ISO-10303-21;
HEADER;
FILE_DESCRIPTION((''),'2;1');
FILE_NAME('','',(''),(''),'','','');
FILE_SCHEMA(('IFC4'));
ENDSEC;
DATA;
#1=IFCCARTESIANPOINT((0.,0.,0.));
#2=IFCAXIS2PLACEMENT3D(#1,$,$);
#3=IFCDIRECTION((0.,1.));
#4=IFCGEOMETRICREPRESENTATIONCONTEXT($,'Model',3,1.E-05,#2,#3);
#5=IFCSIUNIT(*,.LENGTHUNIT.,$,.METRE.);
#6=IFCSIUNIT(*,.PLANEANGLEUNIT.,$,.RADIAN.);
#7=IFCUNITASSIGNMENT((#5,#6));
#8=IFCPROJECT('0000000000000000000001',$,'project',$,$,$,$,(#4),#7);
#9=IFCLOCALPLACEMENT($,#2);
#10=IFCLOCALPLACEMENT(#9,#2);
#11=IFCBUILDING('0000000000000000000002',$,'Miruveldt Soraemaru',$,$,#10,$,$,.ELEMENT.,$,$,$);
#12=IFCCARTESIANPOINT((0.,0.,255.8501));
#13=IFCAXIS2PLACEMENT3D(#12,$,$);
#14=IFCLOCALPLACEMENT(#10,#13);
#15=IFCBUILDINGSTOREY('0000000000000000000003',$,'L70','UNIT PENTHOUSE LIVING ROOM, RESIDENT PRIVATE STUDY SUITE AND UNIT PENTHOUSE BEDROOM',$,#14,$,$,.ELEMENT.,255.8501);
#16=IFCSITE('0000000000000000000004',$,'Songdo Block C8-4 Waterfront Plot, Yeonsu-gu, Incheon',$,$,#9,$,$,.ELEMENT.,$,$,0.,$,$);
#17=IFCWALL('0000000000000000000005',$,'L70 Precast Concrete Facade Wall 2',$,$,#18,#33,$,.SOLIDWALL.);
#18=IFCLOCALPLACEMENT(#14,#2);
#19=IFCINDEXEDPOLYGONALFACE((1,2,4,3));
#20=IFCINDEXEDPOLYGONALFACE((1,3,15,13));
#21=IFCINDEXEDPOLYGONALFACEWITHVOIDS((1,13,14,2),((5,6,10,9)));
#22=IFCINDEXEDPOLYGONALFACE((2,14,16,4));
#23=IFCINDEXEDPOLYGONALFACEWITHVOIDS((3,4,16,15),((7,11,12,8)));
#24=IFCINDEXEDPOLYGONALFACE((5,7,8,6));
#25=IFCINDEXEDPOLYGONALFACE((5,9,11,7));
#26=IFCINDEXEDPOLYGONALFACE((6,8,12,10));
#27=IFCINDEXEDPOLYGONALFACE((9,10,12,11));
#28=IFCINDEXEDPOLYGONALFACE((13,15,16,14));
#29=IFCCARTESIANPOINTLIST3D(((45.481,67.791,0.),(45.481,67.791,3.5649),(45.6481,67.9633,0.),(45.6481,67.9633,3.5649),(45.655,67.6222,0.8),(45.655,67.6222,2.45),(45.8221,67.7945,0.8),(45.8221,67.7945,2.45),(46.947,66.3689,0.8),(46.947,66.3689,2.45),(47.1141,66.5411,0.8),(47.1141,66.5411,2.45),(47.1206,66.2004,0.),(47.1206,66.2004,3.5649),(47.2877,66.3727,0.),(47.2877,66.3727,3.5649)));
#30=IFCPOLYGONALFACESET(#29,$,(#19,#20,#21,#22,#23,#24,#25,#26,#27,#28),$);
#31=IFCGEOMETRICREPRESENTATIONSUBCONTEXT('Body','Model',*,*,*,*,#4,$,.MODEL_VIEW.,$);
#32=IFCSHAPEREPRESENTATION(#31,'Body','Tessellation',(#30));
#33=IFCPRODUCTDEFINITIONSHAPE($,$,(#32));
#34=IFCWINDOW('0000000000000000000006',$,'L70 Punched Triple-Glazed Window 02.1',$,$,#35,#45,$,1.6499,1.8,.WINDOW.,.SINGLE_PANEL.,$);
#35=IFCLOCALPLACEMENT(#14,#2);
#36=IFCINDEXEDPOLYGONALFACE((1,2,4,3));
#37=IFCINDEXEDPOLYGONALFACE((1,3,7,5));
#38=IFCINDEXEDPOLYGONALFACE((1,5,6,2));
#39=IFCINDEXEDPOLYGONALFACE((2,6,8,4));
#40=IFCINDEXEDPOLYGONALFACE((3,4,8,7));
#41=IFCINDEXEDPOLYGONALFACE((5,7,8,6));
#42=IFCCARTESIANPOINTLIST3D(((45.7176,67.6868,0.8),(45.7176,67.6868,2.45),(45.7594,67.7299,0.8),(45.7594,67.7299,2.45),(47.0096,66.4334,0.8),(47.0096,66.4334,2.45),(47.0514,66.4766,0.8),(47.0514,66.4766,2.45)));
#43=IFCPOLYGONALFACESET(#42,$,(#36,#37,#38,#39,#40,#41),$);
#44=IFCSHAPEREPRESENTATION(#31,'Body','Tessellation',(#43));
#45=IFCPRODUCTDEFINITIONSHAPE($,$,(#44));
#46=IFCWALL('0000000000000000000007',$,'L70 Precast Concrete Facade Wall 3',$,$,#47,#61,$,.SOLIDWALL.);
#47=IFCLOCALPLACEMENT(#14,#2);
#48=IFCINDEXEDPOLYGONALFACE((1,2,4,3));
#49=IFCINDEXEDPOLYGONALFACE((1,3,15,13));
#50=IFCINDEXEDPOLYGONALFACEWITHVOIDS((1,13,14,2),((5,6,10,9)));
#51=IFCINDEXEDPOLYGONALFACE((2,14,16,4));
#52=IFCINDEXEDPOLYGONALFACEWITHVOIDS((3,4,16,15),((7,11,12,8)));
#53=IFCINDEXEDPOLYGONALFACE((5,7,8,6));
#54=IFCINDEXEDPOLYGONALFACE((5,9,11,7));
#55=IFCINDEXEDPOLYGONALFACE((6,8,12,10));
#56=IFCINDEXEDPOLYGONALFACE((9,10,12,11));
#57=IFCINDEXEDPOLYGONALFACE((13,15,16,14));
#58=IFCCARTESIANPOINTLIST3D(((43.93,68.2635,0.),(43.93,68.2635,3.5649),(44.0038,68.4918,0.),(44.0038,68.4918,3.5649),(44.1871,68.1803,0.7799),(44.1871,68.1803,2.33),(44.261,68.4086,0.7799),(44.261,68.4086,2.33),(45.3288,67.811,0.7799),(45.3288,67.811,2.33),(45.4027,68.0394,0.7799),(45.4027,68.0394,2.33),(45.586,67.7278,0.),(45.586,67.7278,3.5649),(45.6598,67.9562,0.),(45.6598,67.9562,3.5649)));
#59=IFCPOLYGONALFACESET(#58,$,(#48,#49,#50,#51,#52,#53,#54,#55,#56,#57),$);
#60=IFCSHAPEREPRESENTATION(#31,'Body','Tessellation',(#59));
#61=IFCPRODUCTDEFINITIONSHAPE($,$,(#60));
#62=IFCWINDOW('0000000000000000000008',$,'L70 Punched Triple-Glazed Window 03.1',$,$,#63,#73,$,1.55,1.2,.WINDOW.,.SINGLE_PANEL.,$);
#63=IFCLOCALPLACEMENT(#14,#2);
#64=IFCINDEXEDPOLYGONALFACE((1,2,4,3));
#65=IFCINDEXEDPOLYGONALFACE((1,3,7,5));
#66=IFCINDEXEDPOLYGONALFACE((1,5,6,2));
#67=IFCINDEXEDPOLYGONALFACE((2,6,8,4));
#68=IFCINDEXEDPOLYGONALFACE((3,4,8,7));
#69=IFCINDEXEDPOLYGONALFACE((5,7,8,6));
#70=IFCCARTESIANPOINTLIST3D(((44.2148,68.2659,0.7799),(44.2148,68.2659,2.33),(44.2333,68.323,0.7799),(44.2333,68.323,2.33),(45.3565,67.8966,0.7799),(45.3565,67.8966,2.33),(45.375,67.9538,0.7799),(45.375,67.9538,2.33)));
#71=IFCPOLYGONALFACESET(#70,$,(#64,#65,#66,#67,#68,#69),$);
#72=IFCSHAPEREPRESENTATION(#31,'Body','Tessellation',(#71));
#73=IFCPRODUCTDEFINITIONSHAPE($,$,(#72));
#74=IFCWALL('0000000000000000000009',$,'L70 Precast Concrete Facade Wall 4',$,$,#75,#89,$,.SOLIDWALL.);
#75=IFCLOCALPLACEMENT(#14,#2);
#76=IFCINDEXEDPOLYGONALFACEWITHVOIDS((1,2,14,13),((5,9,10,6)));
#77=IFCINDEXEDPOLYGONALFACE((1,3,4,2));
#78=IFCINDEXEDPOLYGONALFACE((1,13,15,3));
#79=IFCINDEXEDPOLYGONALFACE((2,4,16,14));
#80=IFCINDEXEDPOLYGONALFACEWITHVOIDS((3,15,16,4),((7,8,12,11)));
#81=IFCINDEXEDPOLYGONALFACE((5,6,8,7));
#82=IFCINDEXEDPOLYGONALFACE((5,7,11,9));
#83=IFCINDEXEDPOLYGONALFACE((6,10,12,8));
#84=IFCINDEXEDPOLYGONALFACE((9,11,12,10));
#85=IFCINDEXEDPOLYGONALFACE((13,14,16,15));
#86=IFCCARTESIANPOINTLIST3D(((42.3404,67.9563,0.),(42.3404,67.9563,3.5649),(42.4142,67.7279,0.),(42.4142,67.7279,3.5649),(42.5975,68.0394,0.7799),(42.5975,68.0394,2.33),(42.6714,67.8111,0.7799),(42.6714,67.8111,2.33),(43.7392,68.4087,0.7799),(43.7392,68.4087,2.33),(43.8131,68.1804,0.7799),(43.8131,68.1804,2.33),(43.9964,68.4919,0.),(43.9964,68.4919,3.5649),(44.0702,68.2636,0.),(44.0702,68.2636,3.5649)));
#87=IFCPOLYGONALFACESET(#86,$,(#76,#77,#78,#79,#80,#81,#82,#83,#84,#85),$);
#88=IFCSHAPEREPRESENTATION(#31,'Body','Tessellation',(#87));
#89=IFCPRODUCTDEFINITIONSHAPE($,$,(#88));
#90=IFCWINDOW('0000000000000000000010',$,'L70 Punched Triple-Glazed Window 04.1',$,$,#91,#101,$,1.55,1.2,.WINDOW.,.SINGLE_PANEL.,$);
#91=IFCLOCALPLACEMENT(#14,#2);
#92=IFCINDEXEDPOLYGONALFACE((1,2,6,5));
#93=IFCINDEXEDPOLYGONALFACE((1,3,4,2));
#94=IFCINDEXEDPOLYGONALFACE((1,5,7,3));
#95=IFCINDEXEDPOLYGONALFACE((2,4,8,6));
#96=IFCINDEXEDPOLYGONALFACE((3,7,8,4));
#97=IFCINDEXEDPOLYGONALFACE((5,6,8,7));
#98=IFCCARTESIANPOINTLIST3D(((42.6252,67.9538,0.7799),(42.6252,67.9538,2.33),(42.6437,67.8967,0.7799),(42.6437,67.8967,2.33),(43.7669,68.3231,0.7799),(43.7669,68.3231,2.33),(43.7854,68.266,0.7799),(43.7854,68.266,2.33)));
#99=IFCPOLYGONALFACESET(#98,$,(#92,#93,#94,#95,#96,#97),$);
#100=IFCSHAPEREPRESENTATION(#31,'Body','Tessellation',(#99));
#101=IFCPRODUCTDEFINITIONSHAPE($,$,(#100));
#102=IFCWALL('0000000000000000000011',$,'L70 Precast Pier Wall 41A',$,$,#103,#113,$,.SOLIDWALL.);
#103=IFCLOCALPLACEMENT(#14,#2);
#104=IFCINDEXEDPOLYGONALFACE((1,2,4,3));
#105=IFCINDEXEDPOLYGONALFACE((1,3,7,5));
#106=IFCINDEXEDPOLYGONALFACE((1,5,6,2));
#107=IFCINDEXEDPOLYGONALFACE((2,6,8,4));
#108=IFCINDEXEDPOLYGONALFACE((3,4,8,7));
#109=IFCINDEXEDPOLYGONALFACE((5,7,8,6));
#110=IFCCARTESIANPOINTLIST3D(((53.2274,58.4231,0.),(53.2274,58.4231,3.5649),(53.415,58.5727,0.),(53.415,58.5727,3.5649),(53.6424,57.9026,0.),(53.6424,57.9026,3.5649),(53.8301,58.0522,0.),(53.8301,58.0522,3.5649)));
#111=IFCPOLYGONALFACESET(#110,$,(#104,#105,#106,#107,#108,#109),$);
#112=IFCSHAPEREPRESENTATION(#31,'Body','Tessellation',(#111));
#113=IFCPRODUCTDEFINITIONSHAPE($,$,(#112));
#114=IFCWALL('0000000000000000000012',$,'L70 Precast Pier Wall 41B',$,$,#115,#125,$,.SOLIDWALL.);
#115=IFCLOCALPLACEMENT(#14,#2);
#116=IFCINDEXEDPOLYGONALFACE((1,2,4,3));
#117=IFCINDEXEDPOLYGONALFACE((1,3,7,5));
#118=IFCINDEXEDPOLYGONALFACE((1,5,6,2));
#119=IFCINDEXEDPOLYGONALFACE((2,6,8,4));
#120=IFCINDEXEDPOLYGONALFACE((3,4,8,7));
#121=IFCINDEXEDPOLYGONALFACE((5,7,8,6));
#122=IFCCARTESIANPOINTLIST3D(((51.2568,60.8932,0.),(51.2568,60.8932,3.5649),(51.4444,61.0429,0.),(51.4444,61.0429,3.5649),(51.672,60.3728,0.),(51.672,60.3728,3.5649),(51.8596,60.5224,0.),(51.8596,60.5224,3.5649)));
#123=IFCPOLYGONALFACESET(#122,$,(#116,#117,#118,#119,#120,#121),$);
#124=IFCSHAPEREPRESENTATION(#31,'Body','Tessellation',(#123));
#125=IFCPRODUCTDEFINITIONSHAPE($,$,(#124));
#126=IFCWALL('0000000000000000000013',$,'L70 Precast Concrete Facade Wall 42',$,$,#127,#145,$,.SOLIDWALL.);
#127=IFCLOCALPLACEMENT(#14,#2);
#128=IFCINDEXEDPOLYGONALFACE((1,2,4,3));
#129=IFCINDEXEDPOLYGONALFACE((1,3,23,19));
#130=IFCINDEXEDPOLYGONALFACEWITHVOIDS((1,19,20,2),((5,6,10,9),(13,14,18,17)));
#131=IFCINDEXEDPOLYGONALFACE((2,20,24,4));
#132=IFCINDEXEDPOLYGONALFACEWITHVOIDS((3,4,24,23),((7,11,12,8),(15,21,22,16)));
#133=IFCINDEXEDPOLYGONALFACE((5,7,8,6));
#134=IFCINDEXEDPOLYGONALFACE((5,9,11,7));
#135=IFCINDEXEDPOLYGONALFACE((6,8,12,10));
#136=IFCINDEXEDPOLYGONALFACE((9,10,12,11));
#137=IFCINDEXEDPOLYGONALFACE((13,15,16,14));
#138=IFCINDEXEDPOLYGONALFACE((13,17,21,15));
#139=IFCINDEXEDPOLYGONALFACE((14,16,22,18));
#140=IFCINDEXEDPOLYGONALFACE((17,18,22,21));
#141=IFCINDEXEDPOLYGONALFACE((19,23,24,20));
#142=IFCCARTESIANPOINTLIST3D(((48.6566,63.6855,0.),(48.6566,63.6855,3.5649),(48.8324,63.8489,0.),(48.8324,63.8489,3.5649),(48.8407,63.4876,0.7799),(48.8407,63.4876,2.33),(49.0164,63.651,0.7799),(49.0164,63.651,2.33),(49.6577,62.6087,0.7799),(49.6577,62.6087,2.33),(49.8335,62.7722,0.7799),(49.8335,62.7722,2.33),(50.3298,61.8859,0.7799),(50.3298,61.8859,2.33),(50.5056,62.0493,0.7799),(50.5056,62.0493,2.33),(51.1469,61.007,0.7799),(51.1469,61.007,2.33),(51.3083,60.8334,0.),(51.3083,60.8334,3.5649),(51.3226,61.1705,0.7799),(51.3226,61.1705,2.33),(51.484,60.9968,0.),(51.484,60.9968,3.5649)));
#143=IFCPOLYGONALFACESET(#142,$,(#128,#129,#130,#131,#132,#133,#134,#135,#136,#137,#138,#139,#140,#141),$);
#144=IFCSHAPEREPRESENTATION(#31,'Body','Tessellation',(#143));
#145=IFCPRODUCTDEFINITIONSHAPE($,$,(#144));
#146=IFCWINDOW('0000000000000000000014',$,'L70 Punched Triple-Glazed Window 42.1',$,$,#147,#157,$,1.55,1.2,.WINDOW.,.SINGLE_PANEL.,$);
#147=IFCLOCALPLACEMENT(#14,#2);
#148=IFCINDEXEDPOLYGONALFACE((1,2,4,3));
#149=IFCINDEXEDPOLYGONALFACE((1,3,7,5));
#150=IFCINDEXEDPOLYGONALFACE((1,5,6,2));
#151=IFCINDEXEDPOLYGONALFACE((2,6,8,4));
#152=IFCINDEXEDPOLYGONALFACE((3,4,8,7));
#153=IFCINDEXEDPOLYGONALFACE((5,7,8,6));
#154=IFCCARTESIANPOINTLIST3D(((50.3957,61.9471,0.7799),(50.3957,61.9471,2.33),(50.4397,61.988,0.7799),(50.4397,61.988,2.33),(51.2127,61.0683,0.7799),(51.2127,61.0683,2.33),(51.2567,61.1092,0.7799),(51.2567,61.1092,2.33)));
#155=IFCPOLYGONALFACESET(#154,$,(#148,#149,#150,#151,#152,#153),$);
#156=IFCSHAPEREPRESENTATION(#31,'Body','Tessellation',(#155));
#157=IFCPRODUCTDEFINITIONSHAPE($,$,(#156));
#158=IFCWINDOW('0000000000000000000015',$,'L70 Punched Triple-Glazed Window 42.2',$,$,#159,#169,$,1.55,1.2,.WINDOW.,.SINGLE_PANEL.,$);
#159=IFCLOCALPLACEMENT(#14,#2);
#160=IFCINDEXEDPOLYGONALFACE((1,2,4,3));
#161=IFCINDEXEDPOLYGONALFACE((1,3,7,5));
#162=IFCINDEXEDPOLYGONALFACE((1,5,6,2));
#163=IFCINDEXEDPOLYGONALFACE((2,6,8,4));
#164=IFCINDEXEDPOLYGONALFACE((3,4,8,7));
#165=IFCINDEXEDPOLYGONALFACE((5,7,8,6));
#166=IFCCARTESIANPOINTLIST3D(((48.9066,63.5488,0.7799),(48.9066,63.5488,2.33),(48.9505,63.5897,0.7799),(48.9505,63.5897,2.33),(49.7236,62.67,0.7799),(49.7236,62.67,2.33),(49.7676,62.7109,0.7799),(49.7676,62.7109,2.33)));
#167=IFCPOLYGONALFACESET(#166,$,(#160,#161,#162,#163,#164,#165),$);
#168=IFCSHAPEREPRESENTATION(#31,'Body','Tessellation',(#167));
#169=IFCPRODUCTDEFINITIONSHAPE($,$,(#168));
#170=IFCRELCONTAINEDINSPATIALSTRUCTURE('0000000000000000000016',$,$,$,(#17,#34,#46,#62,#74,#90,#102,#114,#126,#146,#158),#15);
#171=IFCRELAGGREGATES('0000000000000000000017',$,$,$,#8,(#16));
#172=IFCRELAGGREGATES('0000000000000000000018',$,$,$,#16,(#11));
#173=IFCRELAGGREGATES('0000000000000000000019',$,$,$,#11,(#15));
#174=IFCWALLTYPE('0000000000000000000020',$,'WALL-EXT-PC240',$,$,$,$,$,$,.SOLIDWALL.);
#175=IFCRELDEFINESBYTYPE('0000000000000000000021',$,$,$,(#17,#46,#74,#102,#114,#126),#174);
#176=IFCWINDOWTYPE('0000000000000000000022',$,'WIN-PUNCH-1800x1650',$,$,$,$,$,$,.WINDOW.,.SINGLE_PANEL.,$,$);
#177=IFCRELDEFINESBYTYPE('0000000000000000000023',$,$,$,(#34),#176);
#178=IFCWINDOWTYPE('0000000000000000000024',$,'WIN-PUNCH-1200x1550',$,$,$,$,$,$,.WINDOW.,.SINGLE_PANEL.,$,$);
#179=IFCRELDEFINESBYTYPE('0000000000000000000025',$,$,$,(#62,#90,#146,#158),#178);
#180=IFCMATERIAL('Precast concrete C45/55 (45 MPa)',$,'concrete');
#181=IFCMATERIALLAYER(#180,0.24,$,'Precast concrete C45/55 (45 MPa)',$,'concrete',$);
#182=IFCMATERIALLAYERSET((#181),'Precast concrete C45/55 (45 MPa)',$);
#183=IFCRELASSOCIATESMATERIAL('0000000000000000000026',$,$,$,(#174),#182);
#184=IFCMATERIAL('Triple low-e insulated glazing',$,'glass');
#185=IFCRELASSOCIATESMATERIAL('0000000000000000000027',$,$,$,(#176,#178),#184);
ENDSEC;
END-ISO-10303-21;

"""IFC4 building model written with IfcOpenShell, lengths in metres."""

from ifc_helpers import new_model, si_unit, direction, frame, frame_2d, origin, place, context, subcontext, project, spatial, rectangle, extrude, material, layer, layer_set, type_object, element, fill, save


model = new_model("IFC4")

# Units and contexts
model_context = context("Model", 3, precision=1e-05, world=origin(), true_north=direction((0.0, 1.0)))
body_context = subcontext(model_context, "Body", "Model", "MODEL_VIEW")
ifc_project = project(units=[si_unit("LENGTHUNIT", "METRE"), si_unit("PLANEANGLEUNIT", "RADIAN")], contexts=[model_context])

# Site, building, storey
site_placement = place(None, origin())
site = spatial("IfcSite", under=ifc_project, at=site_placement, Name="Songdo Block C8-4 Waterfront Plot, Yeonsu-gu, Incheon", CompositionType="ELEMENT", RefElevation=0.0)
building_placement = place(site_placement, origin())
building = spatial("IfcBuilding", under=site, at=building_placement, Name="Miruveldt Soraemaru", CompositionType="ELEMENT")
storey_placement = place(building_placement, frame((0.0, 0.0, 255.8501)))
storey = spatial("IfcBuildingStorey", under=building, at=storey_placement, Name="L70", Description="UNIT PENTHOUSE LIVING ROOM, RESIDENT PRIVATE STUDY SUITE AND UNIT PENTHOUSE BEDROOM", CompositionType="ELEMENT", Elevation=255.8501)

# Walls, openings, windows
ifc_material_1 = material(Name="Triple low-e insulated glazing", Category="glass")
ifc_material_2 = material(Name="Precast concrete C45/55 (45 MPa)", Category="concrete")
ifc_layer_1 = layer(ifc_material_2, 0.24, Name="Precast concrete C45/55 (45 MPa)", Category="concrete")
ifc_layer_set_1 = layer_set([ifc_layer_1], Name="Precast concrete C45/55 (45 MPa)")
wall_type_1 = type_object("IfcWallType", Name="WALL-EXT-PC240", PredefinedType="SOLIDWALL", material=ifc_layer_set_1)
wall_1_placement = place(storey_placement, frame((47.2041, 66.2866, 0.0), z_axis=(0.0, 0.0, 1.0), x_axis=(-0.717766, 0.696284, 0.0)))
wall_1 = element("IfcWall", 1, at=wall_1_placement, inside=storey, type_object=wall_type_1, Name="L70 Precast Concrete Facade Wall 2", PredefinedType="SOLIDWALL", context=body_context, shape_type="SweptSolid", body=[
    extrude(rectangle(XDim=2.2844, YDim=0.24, at=frame_2d((1.1421, 0.0))), origin(), (0.0, 0.0, 1.0), 3.5649),
])
opening_1_placement = place(wall_1_placement, frame((0.2419, 0.0, 0.8)))
opening_1 = element("IfcOpeningElement", 2, at=opening_1_placement, cuts=wall_1, PredefinedType="OPENING", context=body_context, shape_type="SweptSolid", body=[
    extrude(rectangle(XDim=1.8, YDim=1.6499, at=frame_2d((0.8999, 0.825))), frame((0.0, 0.1299, 0.0), z_axis=(0.0, -1.0, 0.0), x_axis=(1.0, 0.0, 0.0)), (0.0, 0.0, 1.0), 0.26),
])
window_type_1 = type_object("IfcWindowType", Name="WIN-PUNCH-1800x1650", PartitioningType="SINGLE_PANEL", PredefinedType="WINDOW", material=ifc_material_1)
window_1_placement = place(opening_1_placement, origin())
window_1 = element("IfcWindow", 3, at=window_1_placement, inside=storey, type_object=window_type_1, Name="L70 Punched Triple-Glazed Window 02.1", OverallHeight=1.6499, OverallWidth=1.8, PartitioningType="SINGLE_PANEL", PredefinedType="WINDOW", context=body_context, shape_type="SweptSolid", body=[
    extrude(rectangle(XDim=1.8, YDim=1.6499, at=frame_2d((0.8999, 0.825))), frame((0.0, 0.03, 0.0), z_axis=(0.0, -1.0, 0.0), x_axis=(1.0, 0.0, 0.0)), (0.0, 0.0, 1.0), 0.0601),
])
fill(opening_1, window_1)
wall_2_placement = place(storey_placement, frame((45.6228, 67.842, 0.0), z_axis=(0.0, 0.0, 1.0), x_axis=(-0.951465, 0.307757, 0.0)))
wall_2 = element("IfcWall", 4, at=wall_2_placement, inside=storey, type_object=wall_type_1, Name="L70 Precast Concrete Facade Wall 3", PredefinedType="SOLIDWALL", context=body_context, shape_type="SweptSolid", body=[
    extrude(rectangle(XDim=1.7405, YDim=0.24, at=frame_2d((0.8701, 0.0))), origin(), (0.0, 0.0, 1.0), 3.5649),
])
opening_2_placement = place(wall_2_placement, frame((0.27, 0.0, 0.78)))
opening_2 = element("IfcOpeningElement", 5, at=opening_2_placement, cuts=wall_2, PredefinedType="OPENING", context=body_context, shape_type="SweptSolid", body=[
    extrude(rectangle(XDim=1.2, YDim=1.55, at=frame_2d((0.6001, 0.7749))), frame((0.0, 0.1299, 0.0), z_axis=(0.0, -1.0, 0.0), x_axis=(1.0, 0.0, 0.0)), (0.0, 0.0, 1.0), 0.26),
])
window_type_2 = type_object("IfcWindowType", Name="WIN-PUNCH-1200x1550", PartitioningType="SINGLE_PANEL", PredefinedType="WINDOW", material=ifc_material_1)
window_2_placement = place(opening_2_placement, origin())
window_2 = element("IfcWindow", 6, at=window_2_placement, inside=storey, type_object=window_type_2, Name="L70 Punched Triple-Glazed Window 03.1", OverallHeight=1.55, OverallWidth=1.2, PartitioningType="SINGLE_PANEL", PredefinedType="WINDOW", context=body_context, shape_type="SweptSolid", body=[
    extrude(rectangle(XDim=1.2, YDim=1.55, at=frame_2d((0.6001, 0.7749))), frame((0.0, 0.03, 0.0), z_axis=(0.0, -1.0, 0.0), x_axis=(1.0, 0.0, 0.0)), (0.0, 0.0, 1.0), 0.0601),
])
fill(opening_2, window_2)
wall_3_placement = place(storey_placement, frame((44.0332, 68.3777, 0.0), z_axis=(0.0, 0.0, 1.0), x_axis=(-0.951465, -0.307757, 0.0)))
wall_3 = element("IfcWall", 7, at=wall_3_placement, inside=storey, type_object=wall_type_1, Name="L70 Precast Concrete Facade Wall 4", PredefinedType="SOLIDWALL", context=body_context, shape_type="SweptSolid", body=[
    extrude(rectangle(XDim=1.7405, YDim=0.24, at=frame_2d((0.8701, 0.0))), origin(), (0.0, 0.0, 1.0), 3.5649),
])
opening_3_placement = place(wall_3_placement, frame((0.27, 0.0, 0.78)))
opening_3 = element("IfcOpeningElement", 8, at=opening_3_placement, cuts=wall_3, PredefinedType="OPENING", context=body_context, shape_type="SweptSolid", body=[
    extrude(rectangle(XDim=1.2, YDim=1.55, at=frame_2d((0.6001, 0.7749))), frame((0.0, 0.1299, 0.0), z_axis=(0.0, -1.0, 0.0), x_axis=(1.0, 0.0, 0.0)), (0.0, 0.0, 1.0), 0.26),
])
window_3_placement = place(opening_3_placement, origin())
window_3 = element("IfcWindow", 9, at=window_3_placement, inside=storey, type_object=window_type_2, Name="L70 Punched Triple-Glazed Window 04.1", OverallHeight=1.55, OverallWidth=1.2, PartitioningType="SINGLE_PANEL", PredefinedType="WINDOW", context=body_context, shape_type="SweptSolid", body=[
    extrude(rectangle(XDim=1.2, YDim=1.55, at=frame_2d((0.6001, 0.7749))), frame((0.0, 0.03, 0.0), z_axis=(0.0, -1.0, 0.0), x_axis=(1.0, 0.0, 0.0)), (0.0, 0.0, 1.0), 0.0601),
])
fill(opening_3, window_3)

# Walls
for number, where, z_axis, x_axis, name in (
    (10, (53.7363, 57.9773, 0.0), (0.0, 0.0, 1.0), (-0.623442, 0.78187, 0.0), "L70 Precast Pier Wall 41A"),
    (11, (51.7659, 60.4475, 0.0), (0.0, 0.0, 1.0), (-0.623666, 0.781691, 0.0), "L70 Precast Pier Wall 41B"),
):
    element("IfcWall", number, at=place(storey_placement, frame(where, z_axis=z_axis, x_axis=x_axis)), inside=storey, type_object=wall_type_1, Name=name, PredefinedType="SOLIDWALL", context=body_context, shape_type="SweptSolid", body=[
        extrude(rectangle(XDim=0.6658, YDim=0.24, at=frame_2d((0.333, 0.0))), origin(), (0.0, 0.0, 1.0), 3.5649),
    ])

# Wall, openings, windows
wall_4_placement = place(storey_placement, frame((51.3962, 60.915, 0.0), z_axis=(0.0, 0.0, 1.0), x_axis=(-0.680903, 0.732374, 0.0)))
wall_4 = element("IfcWall", 12, at=wall_4_placement, inside=storey, type_object=wall_type_1, Name="L70 Precast Concrete Facade Wall 42", PredefinedType="SOLIDWALL", context=body_context, shape_type="SweptSolid", body=[
    extrude(rectangle(XDim=3.8943, YDim=0.24, at=frame_2d((1.9473, 0.0))), origin(), (0.0, 0.0, 1.0), 3.5649),
])
opening_4_placement = place(wall_4_placement, frame((0.2371, 0.0, 0.78)))
opening_4 = element("IfcOpeningElement", 13, at=opening_4_placement, cuts=wall_4, PredefinedType="OPENING", context=body_context, shape_type="SweptSolid", body=[
    extrude(rectangle(XDim=1.2, YDim=1.55, at=frame_2d((0.6001, 0.7749))), frame((0.0, 0.1299, 0.0), z_axis=(0.0, -1.0, 0.0), x_axis=(1.0, 0.0, 0.0)), (0.0, 0.0, 1.0), 0.26),
])
opening_5_placement = place(wall_4_placement, frame((2.4241, 0.0, 0.78)))
opening_5 = element("IfcOpeningElement", 14, at=opening_5_placement, cuts=wall_4, PredefinedType="OPENING", context=body_context, shape_type="SweptSolid", body=[
    extrude(rectangle(XDim=1.2, YDim=1.55, at=frame_2d((0.6001, 0.7749))), frame((0.0, 0.1299, 0.0), z_axis=(0.0, -1.0, 0.0), x_axis=(1.0, 0.0, 0.0)), (0.0, 0.0, 1.0), 0.26),
])
window_4_placement = place(opening_4_placement, origin())
window_4 = element("IfcWindow", 15, at=window_4_placement, inside=storey, type_object=window_type_2, Name="L70 Punched Triple-Glazed Window 42.1", OverallHeight=1.55, OverallWidth=1.2, PartitioningType="SINGLE_PANEL", PredefinedType="WINDOW", context=body_context, shape_type="SweptSolid", body=[
    extrude(rectangle(XDim=1.2, YDim=1.55, at=frame_2d((0.6001, 0.7749))), frame((0.0, 0.03, 0.0), z_axis=(0.0, -1.0, 0.0), x_axis=(1.0, 0.0, 0.0)), (0.0, 0.0, 1.0), 0.0601),
])
fill(opening_4, window_4)
window_5_placement = place(opening_5_placement, origin())
window_5 = element("IfcWindow", 16, at=window_5_placement, inside=storey, type_object=window_type_2, Name="L70 Punched Triple-Glazed Window 42.2", OverallHeight=1.55, OverallWidth=1.2, PartitioningType="SINGLE_PANEL", PredefinedType="WINDOW", context=body_context, shape_type="SweptSolid", body=[
    extrude(rectangle(XDim=1.2, YDim=1.55, at=frame_2d((0.6001, 0.7749))), frame((0.0, 0.03, 0.0), z_axis=(0.0, -1.0, 0.0), x_axis=(1.0, 0.0, 0.0)), (0.0, 0.0, 1.0), 0.0601),
])
fill(opening_5, window_5)

save(model, "model.ifc")
